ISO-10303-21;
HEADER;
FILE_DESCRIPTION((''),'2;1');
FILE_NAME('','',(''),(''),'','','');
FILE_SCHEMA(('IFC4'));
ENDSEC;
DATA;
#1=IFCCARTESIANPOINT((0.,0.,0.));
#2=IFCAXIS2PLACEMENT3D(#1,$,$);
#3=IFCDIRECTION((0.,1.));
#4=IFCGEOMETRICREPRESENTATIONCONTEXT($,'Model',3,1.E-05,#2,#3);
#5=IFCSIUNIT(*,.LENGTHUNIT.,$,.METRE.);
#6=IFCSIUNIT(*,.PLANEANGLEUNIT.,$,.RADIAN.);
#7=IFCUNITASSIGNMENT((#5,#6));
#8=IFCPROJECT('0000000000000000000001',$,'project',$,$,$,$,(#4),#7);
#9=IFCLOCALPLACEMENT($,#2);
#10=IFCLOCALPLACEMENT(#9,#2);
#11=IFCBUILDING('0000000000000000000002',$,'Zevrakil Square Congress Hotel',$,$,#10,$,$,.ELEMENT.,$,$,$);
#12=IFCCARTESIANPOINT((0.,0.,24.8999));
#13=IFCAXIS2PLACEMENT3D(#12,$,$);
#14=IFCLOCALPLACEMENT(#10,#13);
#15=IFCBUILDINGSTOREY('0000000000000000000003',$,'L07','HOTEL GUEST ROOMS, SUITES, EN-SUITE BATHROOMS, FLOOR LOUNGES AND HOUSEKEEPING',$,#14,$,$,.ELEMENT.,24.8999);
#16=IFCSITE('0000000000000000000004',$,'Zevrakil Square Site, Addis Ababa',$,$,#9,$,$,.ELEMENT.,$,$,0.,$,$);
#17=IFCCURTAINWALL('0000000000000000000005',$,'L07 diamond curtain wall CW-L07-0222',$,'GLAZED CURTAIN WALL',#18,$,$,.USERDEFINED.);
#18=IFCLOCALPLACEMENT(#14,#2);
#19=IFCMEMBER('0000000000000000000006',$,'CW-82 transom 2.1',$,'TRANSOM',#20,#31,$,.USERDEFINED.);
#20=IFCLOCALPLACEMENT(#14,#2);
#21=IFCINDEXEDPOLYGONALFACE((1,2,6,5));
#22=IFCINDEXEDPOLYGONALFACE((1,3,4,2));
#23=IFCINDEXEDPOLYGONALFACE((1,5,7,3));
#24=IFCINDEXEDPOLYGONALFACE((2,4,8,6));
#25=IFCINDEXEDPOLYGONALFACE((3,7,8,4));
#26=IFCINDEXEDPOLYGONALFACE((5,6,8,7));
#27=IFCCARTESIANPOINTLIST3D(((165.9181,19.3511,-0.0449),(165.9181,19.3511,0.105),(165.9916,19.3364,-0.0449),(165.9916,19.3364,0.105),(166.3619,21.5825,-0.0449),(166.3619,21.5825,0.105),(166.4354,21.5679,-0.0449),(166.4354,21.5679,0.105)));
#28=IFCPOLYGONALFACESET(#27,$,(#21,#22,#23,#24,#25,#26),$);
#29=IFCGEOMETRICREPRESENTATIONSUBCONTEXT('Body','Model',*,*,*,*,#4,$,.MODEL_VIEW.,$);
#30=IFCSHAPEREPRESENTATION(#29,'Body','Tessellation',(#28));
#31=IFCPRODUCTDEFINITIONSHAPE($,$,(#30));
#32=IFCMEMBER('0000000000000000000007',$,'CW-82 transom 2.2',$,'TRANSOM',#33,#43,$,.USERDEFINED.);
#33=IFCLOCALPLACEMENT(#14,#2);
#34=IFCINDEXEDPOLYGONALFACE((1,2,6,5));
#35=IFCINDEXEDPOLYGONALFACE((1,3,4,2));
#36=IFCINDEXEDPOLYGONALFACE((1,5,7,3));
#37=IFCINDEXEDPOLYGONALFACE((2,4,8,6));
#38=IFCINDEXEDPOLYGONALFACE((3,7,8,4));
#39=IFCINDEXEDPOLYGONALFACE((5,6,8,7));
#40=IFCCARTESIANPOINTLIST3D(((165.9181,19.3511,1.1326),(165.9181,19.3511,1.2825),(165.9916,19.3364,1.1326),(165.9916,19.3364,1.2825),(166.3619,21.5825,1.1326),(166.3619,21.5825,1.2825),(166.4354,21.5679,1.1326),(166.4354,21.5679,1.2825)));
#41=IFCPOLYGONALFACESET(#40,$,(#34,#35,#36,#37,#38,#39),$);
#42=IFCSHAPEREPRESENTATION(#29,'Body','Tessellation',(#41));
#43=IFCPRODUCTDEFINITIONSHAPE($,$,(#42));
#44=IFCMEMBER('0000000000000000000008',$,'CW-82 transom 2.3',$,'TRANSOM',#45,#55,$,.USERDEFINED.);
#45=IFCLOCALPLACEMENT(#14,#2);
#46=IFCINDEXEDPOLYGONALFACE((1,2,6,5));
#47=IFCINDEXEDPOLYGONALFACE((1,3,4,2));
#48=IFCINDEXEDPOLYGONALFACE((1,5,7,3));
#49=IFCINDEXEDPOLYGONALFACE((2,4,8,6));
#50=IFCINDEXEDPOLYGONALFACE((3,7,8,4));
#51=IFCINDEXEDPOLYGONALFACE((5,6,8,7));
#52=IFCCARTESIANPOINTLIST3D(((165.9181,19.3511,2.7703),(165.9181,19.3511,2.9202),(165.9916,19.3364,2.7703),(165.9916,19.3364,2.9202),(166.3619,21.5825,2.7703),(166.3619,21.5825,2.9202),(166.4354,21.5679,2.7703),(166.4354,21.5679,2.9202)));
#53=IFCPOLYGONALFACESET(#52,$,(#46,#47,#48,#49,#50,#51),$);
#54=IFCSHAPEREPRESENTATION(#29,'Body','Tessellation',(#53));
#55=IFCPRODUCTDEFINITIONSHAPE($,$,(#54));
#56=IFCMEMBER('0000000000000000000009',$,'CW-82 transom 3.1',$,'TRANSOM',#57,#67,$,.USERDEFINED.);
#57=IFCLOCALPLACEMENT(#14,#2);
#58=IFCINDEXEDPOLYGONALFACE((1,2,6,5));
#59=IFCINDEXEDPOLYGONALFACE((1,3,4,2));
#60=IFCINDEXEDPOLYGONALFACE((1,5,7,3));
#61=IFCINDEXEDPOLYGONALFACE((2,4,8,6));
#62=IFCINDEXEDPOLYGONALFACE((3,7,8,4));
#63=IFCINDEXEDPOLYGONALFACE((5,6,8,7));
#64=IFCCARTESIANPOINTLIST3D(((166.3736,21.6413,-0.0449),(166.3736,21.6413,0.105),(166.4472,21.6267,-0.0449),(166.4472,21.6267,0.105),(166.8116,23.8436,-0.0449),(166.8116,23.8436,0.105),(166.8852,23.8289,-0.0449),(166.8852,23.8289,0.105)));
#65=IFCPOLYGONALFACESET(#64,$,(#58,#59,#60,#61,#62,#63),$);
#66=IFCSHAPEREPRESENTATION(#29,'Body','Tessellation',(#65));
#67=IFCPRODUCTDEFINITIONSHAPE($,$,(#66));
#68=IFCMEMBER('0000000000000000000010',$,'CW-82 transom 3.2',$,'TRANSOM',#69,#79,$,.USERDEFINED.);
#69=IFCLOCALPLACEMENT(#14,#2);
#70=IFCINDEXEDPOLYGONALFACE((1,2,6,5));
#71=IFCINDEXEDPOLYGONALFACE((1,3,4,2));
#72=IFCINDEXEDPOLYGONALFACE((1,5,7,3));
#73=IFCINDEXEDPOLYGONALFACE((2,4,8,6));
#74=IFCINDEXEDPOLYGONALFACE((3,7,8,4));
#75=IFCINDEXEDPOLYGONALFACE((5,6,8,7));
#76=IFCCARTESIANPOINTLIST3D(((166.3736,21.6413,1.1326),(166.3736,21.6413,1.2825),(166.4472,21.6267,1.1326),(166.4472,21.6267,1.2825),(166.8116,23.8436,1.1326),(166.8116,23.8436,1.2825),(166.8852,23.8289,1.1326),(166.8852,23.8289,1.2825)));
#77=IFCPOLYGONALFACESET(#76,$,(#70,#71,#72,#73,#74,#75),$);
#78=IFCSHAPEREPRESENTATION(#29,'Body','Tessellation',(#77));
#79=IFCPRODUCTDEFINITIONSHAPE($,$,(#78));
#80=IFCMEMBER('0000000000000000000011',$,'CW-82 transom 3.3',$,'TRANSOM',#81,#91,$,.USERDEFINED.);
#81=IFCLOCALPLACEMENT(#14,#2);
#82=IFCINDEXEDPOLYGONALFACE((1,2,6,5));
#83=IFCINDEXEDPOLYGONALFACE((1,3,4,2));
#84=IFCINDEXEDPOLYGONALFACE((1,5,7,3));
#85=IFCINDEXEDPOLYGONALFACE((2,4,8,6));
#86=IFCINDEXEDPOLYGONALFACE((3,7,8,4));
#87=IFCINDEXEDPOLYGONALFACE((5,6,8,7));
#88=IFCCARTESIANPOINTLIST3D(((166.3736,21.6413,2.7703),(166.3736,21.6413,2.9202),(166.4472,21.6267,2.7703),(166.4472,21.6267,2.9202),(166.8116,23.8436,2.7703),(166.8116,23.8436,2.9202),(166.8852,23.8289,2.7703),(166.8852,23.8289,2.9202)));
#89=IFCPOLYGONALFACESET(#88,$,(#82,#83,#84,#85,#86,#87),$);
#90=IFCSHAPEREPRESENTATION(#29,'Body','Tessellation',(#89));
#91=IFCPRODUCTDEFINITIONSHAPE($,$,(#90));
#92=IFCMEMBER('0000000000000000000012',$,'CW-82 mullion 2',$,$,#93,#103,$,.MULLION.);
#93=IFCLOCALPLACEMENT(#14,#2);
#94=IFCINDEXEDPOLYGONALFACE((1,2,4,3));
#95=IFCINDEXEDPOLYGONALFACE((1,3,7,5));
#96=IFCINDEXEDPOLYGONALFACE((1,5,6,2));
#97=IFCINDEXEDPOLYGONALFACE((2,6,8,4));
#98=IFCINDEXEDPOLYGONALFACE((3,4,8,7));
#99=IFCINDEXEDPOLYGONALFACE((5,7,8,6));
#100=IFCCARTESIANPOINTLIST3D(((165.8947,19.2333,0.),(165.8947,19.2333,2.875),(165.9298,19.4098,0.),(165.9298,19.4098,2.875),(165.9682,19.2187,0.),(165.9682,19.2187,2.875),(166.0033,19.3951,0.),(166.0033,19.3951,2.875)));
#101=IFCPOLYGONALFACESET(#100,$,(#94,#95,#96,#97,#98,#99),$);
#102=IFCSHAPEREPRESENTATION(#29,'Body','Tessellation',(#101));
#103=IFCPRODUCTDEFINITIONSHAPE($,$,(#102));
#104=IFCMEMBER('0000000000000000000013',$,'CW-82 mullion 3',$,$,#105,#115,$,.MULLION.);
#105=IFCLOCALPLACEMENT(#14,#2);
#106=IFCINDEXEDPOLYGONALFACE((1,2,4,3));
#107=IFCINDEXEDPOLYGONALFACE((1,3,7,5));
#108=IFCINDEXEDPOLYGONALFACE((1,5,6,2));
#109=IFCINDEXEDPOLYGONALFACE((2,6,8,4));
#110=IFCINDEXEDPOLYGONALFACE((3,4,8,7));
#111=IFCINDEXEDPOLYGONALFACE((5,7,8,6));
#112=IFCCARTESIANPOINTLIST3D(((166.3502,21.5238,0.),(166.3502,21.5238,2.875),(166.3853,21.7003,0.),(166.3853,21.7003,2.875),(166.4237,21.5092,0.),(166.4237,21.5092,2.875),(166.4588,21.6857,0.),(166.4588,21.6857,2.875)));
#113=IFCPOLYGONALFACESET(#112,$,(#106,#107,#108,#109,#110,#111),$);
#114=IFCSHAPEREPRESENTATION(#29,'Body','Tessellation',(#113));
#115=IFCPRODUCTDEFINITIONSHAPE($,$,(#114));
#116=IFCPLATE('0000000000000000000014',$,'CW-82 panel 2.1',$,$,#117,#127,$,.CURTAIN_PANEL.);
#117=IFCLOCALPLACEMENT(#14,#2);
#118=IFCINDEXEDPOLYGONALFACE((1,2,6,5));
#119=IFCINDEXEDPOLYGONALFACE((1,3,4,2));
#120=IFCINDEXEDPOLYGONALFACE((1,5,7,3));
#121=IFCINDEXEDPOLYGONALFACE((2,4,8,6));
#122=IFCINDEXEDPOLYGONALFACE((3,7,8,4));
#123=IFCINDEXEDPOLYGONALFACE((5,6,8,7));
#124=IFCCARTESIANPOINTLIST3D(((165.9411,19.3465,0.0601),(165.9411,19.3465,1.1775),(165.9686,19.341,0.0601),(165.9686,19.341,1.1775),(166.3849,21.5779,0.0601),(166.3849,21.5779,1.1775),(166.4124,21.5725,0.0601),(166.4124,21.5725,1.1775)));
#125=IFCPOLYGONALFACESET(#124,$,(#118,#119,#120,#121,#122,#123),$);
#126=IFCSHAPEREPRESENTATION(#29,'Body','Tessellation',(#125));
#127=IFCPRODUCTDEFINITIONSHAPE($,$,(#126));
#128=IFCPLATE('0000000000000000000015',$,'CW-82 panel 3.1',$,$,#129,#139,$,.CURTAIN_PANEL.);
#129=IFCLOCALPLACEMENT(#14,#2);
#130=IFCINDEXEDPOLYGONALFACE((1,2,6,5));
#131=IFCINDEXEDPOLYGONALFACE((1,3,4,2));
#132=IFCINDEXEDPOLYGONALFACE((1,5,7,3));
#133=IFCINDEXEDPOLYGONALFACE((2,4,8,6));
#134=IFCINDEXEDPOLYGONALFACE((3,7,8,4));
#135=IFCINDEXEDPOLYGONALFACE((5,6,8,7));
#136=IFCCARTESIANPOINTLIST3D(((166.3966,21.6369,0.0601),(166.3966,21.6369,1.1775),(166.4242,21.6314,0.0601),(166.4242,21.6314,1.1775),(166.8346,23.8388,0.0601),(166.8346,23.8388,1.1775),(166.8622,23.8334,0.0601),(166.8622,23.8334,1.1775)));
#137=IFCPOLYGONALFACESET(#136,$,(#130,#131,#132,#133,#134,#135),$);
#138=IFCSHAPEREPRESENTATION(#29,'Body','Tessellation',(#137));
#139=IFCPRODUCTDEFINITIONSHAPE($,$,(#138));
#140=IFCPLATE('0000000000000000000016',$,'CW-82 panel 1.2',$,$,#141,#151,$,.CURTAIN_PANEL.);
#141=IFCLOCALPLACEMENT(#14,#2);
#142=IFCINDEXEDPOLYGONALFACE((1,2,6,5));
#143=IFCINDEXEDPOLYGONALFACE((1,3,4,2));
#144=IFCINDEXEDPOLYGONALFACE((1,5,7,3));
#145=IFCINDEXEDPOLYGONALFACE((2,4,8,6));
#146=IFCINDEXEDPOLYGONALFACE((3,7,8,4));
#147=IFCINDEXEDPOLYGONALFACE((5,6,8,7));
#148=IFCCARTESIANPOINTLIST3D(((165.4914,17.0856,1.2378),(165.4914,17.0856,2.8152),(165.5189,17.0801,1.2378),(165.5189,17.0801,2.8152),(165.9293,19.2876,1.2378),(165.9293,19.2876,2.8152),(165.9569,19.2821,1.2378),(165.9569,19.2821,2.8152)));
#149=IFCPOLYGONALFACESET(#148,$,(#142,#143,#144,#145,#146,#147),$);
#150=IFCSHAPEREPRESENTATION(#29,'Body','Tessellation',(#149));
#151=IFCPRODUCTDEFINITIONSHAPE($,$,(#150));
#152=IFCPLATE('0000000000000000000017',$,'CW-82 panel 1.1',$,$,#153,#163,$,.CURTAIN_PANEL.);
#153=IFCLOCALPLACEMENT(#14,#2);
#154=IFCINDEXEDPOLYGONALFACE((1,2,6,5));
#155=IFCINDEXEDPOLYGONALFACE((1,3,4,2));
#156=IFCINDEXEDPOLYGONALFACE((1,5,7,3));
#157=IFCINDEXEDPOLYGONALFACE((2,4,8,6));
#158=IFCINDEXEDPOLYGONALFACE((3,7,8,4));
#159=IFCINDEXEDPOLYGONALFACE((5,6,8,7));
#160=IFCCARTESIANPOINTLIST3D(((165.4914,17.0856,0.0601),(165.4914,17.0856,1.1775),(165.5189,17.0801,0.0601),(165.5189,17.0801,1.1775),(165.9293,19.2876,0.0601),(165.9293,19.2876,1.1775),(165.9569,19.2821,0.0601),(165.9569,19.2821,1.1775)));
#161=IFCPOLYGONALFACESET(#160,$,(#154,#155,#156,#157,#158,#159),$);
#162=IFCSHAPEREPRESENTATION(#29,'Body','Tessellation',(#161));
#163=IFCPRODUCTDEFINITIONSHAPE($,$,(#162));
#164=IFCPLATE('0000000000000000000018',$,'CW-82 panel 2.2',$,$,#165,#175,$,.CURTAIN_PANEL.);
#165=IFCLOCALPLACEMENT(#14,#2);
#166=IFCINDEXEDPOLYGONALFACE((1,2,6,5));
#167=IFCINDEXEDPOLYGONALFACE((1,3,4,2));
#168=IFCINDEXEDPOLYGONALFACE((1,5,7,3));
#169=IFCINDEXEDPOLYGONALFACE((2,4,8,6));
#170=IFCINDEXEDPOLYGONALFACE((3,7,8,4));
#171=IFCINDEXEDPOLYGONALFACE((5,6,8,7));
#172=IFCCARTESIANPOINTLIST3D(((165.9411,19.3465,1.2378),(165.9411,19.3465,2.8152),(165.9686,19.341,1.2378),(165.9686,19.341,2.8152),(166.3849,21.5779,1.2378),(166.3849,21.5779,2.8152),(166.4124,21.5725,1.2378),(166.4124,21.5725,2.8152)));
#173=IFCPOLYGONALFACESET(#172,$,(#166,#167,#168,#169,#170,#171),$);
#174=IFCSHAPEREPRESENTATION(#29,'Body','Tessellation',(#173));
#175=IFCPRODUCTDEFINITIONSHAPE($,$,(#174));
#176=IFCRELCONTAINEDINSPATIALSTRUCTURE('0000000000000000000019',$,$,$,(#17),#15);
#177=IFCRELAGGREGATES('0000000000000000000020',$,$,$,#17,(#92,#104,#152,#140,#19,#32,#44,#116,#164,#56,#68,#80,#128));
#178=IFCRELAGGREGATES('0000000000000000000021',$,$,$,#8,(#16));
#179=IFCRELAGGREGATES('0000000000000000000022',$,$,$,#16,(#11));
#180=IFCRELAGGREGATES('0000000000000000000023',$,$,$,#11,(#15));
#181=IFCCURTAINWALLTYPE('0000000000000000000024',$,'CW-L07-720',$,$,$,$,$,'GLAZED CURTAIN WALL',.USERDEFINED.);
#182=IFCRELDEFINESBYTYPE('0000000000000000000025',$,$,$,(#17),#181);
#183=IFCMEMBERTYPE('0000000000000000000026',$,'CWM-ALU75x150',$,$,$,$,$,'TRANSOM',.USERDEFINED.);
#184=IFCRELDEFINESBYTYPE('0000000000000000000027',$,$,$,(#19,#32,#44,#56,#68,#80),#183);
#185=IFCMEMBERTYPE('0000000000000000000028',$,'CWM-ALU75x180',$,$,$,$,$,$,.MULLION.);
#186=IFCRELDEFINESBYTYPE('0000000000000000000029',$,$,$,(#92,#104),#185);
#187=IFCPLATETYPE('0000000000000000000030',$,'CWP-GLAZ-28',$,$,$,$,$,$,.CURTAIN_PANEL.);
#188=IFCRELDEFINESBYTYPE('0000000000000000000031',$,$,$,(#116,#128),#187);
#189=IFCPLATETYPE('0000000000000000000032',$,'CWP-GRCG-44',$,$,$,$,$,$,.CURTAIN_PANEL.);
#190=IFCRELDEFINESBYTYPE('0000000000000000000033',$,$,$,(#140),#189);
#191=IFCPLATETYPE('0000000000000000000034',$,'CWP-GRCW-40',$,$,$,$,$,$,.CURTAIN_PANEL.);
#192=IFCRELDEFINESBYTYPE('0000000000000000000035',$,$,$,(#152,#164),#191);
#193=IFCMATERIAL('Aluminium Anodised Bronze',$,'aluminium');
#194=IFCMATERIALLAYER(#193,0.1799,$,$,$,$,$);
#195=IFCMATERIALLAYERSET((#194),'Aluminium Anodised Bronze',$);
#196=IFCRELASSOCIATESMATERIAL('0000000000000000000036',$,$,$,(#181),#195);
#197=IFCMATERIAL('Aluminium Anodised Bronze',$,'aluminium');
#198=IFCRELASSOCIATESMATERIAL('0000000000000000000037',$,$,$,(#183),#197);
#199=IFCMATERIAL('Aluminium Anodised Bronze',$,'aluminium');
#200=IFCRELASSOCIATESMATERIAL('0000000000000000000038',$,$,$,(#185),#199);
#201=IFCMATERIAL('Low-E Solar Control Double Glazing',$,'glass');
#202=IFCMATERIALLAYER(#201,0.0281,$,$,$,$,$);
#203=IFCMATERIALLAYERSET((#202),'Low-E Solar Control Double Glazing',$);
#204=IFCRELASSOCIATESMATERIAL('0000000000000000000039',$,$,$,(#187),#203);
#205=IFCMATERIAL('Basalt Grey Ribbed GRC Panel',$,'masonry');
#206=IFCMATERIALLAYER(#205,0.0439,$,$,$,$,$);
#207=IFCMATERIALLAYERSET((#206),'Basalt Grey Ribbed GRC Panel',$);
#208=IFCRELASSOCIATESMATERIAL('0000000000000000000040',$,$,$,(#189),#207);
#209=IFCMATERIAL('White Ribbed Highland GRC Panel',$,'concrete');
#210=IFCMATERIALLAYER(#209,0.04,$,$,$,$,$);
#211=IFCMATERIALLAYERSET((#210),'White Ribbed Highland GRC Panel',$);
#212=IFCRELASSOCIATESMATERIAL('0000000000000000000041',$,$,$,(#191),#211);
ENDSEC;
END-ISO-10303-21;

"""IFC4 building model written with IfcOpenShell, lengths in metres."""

from ifc_helpers import new_model, si_unit, direction, frame, origin, origin_2d, place, context, subcontext, project, spatial, rectangle, extrude, material, layer, layer_set, material_profile, profile_set, type_object, element, aggregate, save


model = new_model("IFC4")

# Units and contexts
model_context = context("Model", 3, precision=1e-05, world=origin(), true_north=direction((0.0, 1.0)))
body_context = subcontext(model_context, "Body", "Model", "MODEL_VIEW")
ifc_project = project(units=[si_unit("LENGTHUNIT", "METRE"), si_unit("PLANEANGLEUNIT", "RADIAN")], contexts=[model_context])

# Site, building, storey
site_placement = place(None, origin())
site = spatial("IfcSite", under=ifc_project, at=site_placement, Name="Zevrakil Square Site, Addis Ababa", CompositionType="ELEMENT", RefElevation=0.0)
building_placement = place(site_placement, origin())
building = spatial("IfcBuilding", under=site, at=building_placement, Name="Zevrakil Square Congress Hotel", CompositionType="ELEMENT")
storey_placement = place(building_placement, frame((0.0, 0.0, 24.8999)))
storey = spatial("IfcBuildingStorey", under=building, at=storey_placement, Name="L07", Description="HOTEL GUEST ROOMS, SUITES, EN-SUITE BATHROOMS, FLOOR LOUNGES AND HOUSEKEEPING", CompositionType="ELEMENT", Elevation=24.8999)

# Curtain wall, members, plates
ifc_material_1 = material(Name="Aluminium Anodised Bronze", Category="aluminium")
ifc_layer_1 = layer(ifc_material_1, 0.1799)
ifc_layer_set_1 = layer_set([ifc_layer_1], Name="Aluminium Anodised Bronze")
curtain_wall_type = type_object("IfcCurtainWallType", Name="CW-L07-720", ElementType="GLAZED CURTAIN WALL", PredefinedType="USERDEFINED", material=ifc_layer_set_1)
curtain_wall_placement = place(storey_placement, origin())
curtain_wall = element("IfcCurtainWall", 1, at=curtain_wall_placement, inside=storey, type_object=curtain_wall_type, Name="L07 diamond curtain wall CW-L07-0222", ObjectType="GLAZED CURTAIN WALL", PredefinedType="USERDEFINED")
ifc_material_2 = material(Name="Aluminium Anodised Bronze", Category="aluminium")
ifc_material_profile_1 = material_profile(ifc_material_2, rectangle(XDim=0.075, YDim=0.1499, at=origin_2d()), Name="ALU 75x150")
ifc_profile_set_1 = profile_set([ifc_material_profile_1], Name="Aluminium Anodised Bronze")
member_type_1 = type_object("IfcMemberType", Name="CWM-ALU75x150", ElementType="TRANSOM", PredefinedType="USERDEFINED", material=ifc_profile_set_1)
member_1_placement = place(storey_placement, frame((165.9548, 19.3438, 0.03), z_axis=(0.195084, 0.980786, 0.0), x_axis=(-0.980786, 0.195084, 0.0)))
member_1 = element("IfcMember", 2, at=member_1_placement, type_object=member_type_1, Name="CW-82 transom 2.1", ObjectType="TRANSOM", PredefinedType="USERDEFINED", context=body_context, shape_type="SweptSolid", body=[
    extrude(rectangle(XDim=0.075, YDim=0.1499, at=origin_2d()), origin(), (0.0, 0.0, 1.0), 2.2751),
])
member_2_placement = place(storey_placement, frame((165.9548, 19.3438, 1.2075), z_axis=(0.195084, 0.980786, 0.0), x_axis=(-0.980786, 0.195084, 0.0)))
member_2 = element("IfcMember", 3, at=member_2_placement, type_object=member_type_1, Name="CW-82 transom 2.2", ObjectType="TRANSOM", PredefinedType="USERDEFINED", context=body_context, shape_type="SweptSolid", body=[
    extrude(rectangle(XDim=0.075, YDim=0.1499, at=origin_2d()), origin(), (0.0, 0.0, 1.0), 2.2751),
])
member_3_placement = place(storey_placement, frame((165.9548, 19.3438, 2.8452), z_axis=(0.195084, 0.980786, 0.0), x_axis=(-0.980786, 0.195084, 0.0)))
member_3 = element("IfcMember", 4, at=member_3_placement, type_object=member_type_1, Name="CW-82 transom 2.3", ObjectType="TRANSOM", PredefinedType="USERDEFINED", context=body_context, shape_type="SweptSolid", body=[
    extrude(rectangle(XDim=0.075, YDim=0.1499, at=origin_2d()), origin(), (0.0, 0.0, 1.0), 2.2751),
])
member_4_placement = place(storey_placement, frame((166.4104, 21.634, 0.03), z_axis=(0.19507, 0.980789, 0.0), x_axis=(-0.980789, 0.19507, 0.0)))
member_4 = element("IfcMember", 5, at=member_4_placement, type_object=member_type_1, Name="CW-82 transom 3.1", ObjectType="TRANSOM", PredefinedType="USERDEFINED", context=body_context, shape_type="SweptSolid", body=[
    extrude(rectangle(XDim=0.075, YDim=0.1499, at=origin_2d()), origin(), (0.0, 0.0, 1.0), 2.2454),
])
member_5_placement = place(storey_placement, frame((166.4104, 21.634, 1.2075), z_axis=(0.19507, 0.980789, 0.0), x_axis=(-0.980789, 0.19507, 0.0)))
member_5 = element("IfcMember", 6, at=member_5_placement, type_object=member_type_1, Name="CW-82 transom 3.2", ObjectType="TRANSOM", PredefinedType="USERDEFINED", context=body_context, shape_type="SweptSolid", body=[
    extrude(rectangle(XDim=0.075, YDim=0.1499, at=origin_2d()), origin(), (0.0, 0.0, 1.0), 2.2454),
])
member_6_placement = place(storey_placement, frame((166.4104, 21.634, 2.8452), z_axis=(0.19507, 0.980789, 0.0), x_axis=(-0.980789, 0.19507, 0.0)))
member_6 = element("IfcMember", 7, at=member_6_placement, type_object=member_type_1, Name="CW-82 transom 3.3", ObjectType="TRANSOM", PredefinedType="USERDEFINED", context=body_context, shape_type="SweptSolid", body=[
    extrude(rectangle(XDim=0.075, YDim=0.1499, at=origin_2d()), origin(), (0.0, 0.0, 1.0), 2.2454),
])
ifc_material_3 = material(Name="Aluminium Anodised Bronze", Category="aluminium")
ifc_material_profile_2 = material_profile(ifc_material_3, rectangle(XDim=0.075, YDim=0.1799, at=origin_2d()), Name="ALU 75x180")
ifc_profile_set_2 = profile_set([ifc_material_profile_2], Name="Aluminium Anodised Bronze")
member_type_2 = type_object("IfcMemberType", Name="CWM-ALU75x180", PredefinedType="MULLION", material=ifc_profile_set_2)
member_7_placement = place(storey_placement, frame((165.949, 19.3142, 0.0), z_axis=(0.0, 0.0, 1.0), x_axis=(-0.980787, 0.195084, 0.0)))
member_7 = element("IfcMember", 8, at=member_7_placement, type_object=member_type_2, Name="CW-82 mullion 2", PredefinedType="MULLION", context=body_context, shape_type="SweptSolid", body=[
    extrude(rectangle(XDim=0.075, YDim=0.1799, at=origin_2d()), origin(), (0.0, 0.0, 1.0), 2.875),
])
member_8_placement = place(storey_placement, frame((166.4045, 21.6047, 0.0), z_axis=(0.0, 0.0, 1.0), x_axis=(-0.980787, 0.195084, 0.0)))
member_8 = element("IfcMember", 9, at=member_8_placement, type_object=member_type_2, Name="CW-82 mullion 3", PredefinedType="MULLION", context=body_context, shape_type="SweptSolid", body=[
    extrude(rectangle(XDim=0.075, YDim=0.1799, at=origin_2d()), origin(), (0.0, 0.0, 1.0), 2.875),
])
ifc_material_4 = material(Name="Low-E Solar Control Double Glazing", Category="glass")
ifc_layer_2 = layer(ifc_material_4, 0.0281)
ifc_layer_set_2 = layer_set([ifc_layer_2], Name="Low-E Solar Control Double Glazing")
plate_type_1 = type_object("IfcPlateType", Name="CWP-GLAZ-28", PredefinedType="CURTAIN_PANEL", material=ifc_layer_set_2)
plate_1_placement = place(storey_placement, frame((166.1768, 20.4595, 0.0601), z_axis=(0.0, 0.0, 1.0), x_axis=(0.195084, 0.980787, 0.0)))
plate_1 = element("IfcPlate", 10, at=plate_1_placement, type_object=plate_type_1, Name="CW-82 panel 2.1", PredefinedType="CURTAIN_PANEL", context=body_context, shape_type="SweptSolid", body=[
    extrude(rectangle(XDim=2.2751, YDim=0.0281, at=origin_2d()), origin(), (0.0, 0.0, 1.0), 1.1174),
])
plate_2_placement = place(storey_placement, frame((166.6294, 22.7351, 0.0601), z_axis=(0.0, 0.0, 1.0), x_axis=(0.195084, 0.980787, 0.0)))
plate_2 = element("IfcPlate", 11, at=plate_2_placement, type_object=plate_type_1, Name="CW-82 panel 3.1", PredefinedType="CURTAIN_PANEL", context=body_context, shape_type="SweptSolid", body=[
    extrude(rectangle(XDim=2.2451, YDim=0.0281, at=origin_2d()), origin(), (0.0, 0.0, 1.0), 1.1174),
])
ifc_material_5 = material(Name="Basalt Grey Ribbed GRC Panel", Category="masonry")
ifc_layer_3 = layer(ifc_material_5, 0.0439)
ifc_layer_set_3 = layer_set([ifc_layer_3], Name="Basalt Grey Ribbed GRC Panel")
plate_type_2 = type_object("IfcPlateType", Name="CWP-GRCG-44", PredefinedType="CURTAIN_PANEL", material=ifc_layer_set_3)
plate_3_placement = place(storey_placement, frame((165.7241, 18.1838, 1.2378), z_axis=(0.0, 0.0, 1.0), x_axis=(0.195084, 0.980787, 0.0)))
plate_3 = element("IfcPlate", 12, at=plate_3_placement, type_object=plate_type_2, Name="CW-82 panel 1.2", PredefinedType="CURTAIN_PANEL", context=body_context, shape_type="SweptSolid", body=[
    extrude(rectangle(XDim=2.2451, YDim=0.0281, at=origin_2d()), origin(), (0.0, 0.0, 1.0), 1.5774),
])
ifc_material_6 = material(Name="White Ribbed Highland GRC Panel", Category="concrete")
ifc_layer_4 = layer(ifc_material_6, 0.04)
ifc_layer_set_4 = layer_set([ifc_layer_4], Name="White Ribbed Highland GRC Panel")
plate_type_3 = type_object("IfcPlateType", Name="CWP-GRCW-40", PredefinedType="CURTAIN_PANEL", material=ifc_layer_set_4)
plate_4_placement = place(storey_placement, frame((165.7241, 18.1838, 0.0601), z_axis=(0.0, 0.0, 1.0), x_axis=(0.195084, 0.980787, 0.0)))
plate_4 = element("IfcPlate", 13, at=plate_4_placement, type_object=plate_type_3, Name="CW-82 panel 1.1", PredefinedType="CURTAIN_PANEL", context=body_context, shape_type="SweptSolid", body=[
    extrude(rectangle(XDim=2.2451, YDim=0.0281, at=origin_2d()), origin(), (0.0, 0.0, 1.0), 1.1174),
])
plate_5_placement = place(storey_placement, frame((166.1768, 20.4595, 1.2378), z_axis=(0.0, 0.0, 1.0), x_axis=(0.195084, 0.980787, 0.0)))
plate_5 = element("IfcPlate", 14, at=plate_5_placement, type_object=plate_type_3, Name="CW-82 panel 2.2", PredefinedType="CURTAIN_PANEL", context=body_context, shape_type="SweptSolid", body=[
    extrude(rectangle(XDim=2.2751, YDim=0.0281, at=origin_2d()), origin(), (0.0, 0.0, 1.0), 1.5774),
])
aggregate(curtain_wall, [member_7, member_8, plate_4, plate_3, member_1, member_2, member_3, plate_1, plate_5, member_4, member_5, member_6, plate_2])

save(model, "model.ifc")
